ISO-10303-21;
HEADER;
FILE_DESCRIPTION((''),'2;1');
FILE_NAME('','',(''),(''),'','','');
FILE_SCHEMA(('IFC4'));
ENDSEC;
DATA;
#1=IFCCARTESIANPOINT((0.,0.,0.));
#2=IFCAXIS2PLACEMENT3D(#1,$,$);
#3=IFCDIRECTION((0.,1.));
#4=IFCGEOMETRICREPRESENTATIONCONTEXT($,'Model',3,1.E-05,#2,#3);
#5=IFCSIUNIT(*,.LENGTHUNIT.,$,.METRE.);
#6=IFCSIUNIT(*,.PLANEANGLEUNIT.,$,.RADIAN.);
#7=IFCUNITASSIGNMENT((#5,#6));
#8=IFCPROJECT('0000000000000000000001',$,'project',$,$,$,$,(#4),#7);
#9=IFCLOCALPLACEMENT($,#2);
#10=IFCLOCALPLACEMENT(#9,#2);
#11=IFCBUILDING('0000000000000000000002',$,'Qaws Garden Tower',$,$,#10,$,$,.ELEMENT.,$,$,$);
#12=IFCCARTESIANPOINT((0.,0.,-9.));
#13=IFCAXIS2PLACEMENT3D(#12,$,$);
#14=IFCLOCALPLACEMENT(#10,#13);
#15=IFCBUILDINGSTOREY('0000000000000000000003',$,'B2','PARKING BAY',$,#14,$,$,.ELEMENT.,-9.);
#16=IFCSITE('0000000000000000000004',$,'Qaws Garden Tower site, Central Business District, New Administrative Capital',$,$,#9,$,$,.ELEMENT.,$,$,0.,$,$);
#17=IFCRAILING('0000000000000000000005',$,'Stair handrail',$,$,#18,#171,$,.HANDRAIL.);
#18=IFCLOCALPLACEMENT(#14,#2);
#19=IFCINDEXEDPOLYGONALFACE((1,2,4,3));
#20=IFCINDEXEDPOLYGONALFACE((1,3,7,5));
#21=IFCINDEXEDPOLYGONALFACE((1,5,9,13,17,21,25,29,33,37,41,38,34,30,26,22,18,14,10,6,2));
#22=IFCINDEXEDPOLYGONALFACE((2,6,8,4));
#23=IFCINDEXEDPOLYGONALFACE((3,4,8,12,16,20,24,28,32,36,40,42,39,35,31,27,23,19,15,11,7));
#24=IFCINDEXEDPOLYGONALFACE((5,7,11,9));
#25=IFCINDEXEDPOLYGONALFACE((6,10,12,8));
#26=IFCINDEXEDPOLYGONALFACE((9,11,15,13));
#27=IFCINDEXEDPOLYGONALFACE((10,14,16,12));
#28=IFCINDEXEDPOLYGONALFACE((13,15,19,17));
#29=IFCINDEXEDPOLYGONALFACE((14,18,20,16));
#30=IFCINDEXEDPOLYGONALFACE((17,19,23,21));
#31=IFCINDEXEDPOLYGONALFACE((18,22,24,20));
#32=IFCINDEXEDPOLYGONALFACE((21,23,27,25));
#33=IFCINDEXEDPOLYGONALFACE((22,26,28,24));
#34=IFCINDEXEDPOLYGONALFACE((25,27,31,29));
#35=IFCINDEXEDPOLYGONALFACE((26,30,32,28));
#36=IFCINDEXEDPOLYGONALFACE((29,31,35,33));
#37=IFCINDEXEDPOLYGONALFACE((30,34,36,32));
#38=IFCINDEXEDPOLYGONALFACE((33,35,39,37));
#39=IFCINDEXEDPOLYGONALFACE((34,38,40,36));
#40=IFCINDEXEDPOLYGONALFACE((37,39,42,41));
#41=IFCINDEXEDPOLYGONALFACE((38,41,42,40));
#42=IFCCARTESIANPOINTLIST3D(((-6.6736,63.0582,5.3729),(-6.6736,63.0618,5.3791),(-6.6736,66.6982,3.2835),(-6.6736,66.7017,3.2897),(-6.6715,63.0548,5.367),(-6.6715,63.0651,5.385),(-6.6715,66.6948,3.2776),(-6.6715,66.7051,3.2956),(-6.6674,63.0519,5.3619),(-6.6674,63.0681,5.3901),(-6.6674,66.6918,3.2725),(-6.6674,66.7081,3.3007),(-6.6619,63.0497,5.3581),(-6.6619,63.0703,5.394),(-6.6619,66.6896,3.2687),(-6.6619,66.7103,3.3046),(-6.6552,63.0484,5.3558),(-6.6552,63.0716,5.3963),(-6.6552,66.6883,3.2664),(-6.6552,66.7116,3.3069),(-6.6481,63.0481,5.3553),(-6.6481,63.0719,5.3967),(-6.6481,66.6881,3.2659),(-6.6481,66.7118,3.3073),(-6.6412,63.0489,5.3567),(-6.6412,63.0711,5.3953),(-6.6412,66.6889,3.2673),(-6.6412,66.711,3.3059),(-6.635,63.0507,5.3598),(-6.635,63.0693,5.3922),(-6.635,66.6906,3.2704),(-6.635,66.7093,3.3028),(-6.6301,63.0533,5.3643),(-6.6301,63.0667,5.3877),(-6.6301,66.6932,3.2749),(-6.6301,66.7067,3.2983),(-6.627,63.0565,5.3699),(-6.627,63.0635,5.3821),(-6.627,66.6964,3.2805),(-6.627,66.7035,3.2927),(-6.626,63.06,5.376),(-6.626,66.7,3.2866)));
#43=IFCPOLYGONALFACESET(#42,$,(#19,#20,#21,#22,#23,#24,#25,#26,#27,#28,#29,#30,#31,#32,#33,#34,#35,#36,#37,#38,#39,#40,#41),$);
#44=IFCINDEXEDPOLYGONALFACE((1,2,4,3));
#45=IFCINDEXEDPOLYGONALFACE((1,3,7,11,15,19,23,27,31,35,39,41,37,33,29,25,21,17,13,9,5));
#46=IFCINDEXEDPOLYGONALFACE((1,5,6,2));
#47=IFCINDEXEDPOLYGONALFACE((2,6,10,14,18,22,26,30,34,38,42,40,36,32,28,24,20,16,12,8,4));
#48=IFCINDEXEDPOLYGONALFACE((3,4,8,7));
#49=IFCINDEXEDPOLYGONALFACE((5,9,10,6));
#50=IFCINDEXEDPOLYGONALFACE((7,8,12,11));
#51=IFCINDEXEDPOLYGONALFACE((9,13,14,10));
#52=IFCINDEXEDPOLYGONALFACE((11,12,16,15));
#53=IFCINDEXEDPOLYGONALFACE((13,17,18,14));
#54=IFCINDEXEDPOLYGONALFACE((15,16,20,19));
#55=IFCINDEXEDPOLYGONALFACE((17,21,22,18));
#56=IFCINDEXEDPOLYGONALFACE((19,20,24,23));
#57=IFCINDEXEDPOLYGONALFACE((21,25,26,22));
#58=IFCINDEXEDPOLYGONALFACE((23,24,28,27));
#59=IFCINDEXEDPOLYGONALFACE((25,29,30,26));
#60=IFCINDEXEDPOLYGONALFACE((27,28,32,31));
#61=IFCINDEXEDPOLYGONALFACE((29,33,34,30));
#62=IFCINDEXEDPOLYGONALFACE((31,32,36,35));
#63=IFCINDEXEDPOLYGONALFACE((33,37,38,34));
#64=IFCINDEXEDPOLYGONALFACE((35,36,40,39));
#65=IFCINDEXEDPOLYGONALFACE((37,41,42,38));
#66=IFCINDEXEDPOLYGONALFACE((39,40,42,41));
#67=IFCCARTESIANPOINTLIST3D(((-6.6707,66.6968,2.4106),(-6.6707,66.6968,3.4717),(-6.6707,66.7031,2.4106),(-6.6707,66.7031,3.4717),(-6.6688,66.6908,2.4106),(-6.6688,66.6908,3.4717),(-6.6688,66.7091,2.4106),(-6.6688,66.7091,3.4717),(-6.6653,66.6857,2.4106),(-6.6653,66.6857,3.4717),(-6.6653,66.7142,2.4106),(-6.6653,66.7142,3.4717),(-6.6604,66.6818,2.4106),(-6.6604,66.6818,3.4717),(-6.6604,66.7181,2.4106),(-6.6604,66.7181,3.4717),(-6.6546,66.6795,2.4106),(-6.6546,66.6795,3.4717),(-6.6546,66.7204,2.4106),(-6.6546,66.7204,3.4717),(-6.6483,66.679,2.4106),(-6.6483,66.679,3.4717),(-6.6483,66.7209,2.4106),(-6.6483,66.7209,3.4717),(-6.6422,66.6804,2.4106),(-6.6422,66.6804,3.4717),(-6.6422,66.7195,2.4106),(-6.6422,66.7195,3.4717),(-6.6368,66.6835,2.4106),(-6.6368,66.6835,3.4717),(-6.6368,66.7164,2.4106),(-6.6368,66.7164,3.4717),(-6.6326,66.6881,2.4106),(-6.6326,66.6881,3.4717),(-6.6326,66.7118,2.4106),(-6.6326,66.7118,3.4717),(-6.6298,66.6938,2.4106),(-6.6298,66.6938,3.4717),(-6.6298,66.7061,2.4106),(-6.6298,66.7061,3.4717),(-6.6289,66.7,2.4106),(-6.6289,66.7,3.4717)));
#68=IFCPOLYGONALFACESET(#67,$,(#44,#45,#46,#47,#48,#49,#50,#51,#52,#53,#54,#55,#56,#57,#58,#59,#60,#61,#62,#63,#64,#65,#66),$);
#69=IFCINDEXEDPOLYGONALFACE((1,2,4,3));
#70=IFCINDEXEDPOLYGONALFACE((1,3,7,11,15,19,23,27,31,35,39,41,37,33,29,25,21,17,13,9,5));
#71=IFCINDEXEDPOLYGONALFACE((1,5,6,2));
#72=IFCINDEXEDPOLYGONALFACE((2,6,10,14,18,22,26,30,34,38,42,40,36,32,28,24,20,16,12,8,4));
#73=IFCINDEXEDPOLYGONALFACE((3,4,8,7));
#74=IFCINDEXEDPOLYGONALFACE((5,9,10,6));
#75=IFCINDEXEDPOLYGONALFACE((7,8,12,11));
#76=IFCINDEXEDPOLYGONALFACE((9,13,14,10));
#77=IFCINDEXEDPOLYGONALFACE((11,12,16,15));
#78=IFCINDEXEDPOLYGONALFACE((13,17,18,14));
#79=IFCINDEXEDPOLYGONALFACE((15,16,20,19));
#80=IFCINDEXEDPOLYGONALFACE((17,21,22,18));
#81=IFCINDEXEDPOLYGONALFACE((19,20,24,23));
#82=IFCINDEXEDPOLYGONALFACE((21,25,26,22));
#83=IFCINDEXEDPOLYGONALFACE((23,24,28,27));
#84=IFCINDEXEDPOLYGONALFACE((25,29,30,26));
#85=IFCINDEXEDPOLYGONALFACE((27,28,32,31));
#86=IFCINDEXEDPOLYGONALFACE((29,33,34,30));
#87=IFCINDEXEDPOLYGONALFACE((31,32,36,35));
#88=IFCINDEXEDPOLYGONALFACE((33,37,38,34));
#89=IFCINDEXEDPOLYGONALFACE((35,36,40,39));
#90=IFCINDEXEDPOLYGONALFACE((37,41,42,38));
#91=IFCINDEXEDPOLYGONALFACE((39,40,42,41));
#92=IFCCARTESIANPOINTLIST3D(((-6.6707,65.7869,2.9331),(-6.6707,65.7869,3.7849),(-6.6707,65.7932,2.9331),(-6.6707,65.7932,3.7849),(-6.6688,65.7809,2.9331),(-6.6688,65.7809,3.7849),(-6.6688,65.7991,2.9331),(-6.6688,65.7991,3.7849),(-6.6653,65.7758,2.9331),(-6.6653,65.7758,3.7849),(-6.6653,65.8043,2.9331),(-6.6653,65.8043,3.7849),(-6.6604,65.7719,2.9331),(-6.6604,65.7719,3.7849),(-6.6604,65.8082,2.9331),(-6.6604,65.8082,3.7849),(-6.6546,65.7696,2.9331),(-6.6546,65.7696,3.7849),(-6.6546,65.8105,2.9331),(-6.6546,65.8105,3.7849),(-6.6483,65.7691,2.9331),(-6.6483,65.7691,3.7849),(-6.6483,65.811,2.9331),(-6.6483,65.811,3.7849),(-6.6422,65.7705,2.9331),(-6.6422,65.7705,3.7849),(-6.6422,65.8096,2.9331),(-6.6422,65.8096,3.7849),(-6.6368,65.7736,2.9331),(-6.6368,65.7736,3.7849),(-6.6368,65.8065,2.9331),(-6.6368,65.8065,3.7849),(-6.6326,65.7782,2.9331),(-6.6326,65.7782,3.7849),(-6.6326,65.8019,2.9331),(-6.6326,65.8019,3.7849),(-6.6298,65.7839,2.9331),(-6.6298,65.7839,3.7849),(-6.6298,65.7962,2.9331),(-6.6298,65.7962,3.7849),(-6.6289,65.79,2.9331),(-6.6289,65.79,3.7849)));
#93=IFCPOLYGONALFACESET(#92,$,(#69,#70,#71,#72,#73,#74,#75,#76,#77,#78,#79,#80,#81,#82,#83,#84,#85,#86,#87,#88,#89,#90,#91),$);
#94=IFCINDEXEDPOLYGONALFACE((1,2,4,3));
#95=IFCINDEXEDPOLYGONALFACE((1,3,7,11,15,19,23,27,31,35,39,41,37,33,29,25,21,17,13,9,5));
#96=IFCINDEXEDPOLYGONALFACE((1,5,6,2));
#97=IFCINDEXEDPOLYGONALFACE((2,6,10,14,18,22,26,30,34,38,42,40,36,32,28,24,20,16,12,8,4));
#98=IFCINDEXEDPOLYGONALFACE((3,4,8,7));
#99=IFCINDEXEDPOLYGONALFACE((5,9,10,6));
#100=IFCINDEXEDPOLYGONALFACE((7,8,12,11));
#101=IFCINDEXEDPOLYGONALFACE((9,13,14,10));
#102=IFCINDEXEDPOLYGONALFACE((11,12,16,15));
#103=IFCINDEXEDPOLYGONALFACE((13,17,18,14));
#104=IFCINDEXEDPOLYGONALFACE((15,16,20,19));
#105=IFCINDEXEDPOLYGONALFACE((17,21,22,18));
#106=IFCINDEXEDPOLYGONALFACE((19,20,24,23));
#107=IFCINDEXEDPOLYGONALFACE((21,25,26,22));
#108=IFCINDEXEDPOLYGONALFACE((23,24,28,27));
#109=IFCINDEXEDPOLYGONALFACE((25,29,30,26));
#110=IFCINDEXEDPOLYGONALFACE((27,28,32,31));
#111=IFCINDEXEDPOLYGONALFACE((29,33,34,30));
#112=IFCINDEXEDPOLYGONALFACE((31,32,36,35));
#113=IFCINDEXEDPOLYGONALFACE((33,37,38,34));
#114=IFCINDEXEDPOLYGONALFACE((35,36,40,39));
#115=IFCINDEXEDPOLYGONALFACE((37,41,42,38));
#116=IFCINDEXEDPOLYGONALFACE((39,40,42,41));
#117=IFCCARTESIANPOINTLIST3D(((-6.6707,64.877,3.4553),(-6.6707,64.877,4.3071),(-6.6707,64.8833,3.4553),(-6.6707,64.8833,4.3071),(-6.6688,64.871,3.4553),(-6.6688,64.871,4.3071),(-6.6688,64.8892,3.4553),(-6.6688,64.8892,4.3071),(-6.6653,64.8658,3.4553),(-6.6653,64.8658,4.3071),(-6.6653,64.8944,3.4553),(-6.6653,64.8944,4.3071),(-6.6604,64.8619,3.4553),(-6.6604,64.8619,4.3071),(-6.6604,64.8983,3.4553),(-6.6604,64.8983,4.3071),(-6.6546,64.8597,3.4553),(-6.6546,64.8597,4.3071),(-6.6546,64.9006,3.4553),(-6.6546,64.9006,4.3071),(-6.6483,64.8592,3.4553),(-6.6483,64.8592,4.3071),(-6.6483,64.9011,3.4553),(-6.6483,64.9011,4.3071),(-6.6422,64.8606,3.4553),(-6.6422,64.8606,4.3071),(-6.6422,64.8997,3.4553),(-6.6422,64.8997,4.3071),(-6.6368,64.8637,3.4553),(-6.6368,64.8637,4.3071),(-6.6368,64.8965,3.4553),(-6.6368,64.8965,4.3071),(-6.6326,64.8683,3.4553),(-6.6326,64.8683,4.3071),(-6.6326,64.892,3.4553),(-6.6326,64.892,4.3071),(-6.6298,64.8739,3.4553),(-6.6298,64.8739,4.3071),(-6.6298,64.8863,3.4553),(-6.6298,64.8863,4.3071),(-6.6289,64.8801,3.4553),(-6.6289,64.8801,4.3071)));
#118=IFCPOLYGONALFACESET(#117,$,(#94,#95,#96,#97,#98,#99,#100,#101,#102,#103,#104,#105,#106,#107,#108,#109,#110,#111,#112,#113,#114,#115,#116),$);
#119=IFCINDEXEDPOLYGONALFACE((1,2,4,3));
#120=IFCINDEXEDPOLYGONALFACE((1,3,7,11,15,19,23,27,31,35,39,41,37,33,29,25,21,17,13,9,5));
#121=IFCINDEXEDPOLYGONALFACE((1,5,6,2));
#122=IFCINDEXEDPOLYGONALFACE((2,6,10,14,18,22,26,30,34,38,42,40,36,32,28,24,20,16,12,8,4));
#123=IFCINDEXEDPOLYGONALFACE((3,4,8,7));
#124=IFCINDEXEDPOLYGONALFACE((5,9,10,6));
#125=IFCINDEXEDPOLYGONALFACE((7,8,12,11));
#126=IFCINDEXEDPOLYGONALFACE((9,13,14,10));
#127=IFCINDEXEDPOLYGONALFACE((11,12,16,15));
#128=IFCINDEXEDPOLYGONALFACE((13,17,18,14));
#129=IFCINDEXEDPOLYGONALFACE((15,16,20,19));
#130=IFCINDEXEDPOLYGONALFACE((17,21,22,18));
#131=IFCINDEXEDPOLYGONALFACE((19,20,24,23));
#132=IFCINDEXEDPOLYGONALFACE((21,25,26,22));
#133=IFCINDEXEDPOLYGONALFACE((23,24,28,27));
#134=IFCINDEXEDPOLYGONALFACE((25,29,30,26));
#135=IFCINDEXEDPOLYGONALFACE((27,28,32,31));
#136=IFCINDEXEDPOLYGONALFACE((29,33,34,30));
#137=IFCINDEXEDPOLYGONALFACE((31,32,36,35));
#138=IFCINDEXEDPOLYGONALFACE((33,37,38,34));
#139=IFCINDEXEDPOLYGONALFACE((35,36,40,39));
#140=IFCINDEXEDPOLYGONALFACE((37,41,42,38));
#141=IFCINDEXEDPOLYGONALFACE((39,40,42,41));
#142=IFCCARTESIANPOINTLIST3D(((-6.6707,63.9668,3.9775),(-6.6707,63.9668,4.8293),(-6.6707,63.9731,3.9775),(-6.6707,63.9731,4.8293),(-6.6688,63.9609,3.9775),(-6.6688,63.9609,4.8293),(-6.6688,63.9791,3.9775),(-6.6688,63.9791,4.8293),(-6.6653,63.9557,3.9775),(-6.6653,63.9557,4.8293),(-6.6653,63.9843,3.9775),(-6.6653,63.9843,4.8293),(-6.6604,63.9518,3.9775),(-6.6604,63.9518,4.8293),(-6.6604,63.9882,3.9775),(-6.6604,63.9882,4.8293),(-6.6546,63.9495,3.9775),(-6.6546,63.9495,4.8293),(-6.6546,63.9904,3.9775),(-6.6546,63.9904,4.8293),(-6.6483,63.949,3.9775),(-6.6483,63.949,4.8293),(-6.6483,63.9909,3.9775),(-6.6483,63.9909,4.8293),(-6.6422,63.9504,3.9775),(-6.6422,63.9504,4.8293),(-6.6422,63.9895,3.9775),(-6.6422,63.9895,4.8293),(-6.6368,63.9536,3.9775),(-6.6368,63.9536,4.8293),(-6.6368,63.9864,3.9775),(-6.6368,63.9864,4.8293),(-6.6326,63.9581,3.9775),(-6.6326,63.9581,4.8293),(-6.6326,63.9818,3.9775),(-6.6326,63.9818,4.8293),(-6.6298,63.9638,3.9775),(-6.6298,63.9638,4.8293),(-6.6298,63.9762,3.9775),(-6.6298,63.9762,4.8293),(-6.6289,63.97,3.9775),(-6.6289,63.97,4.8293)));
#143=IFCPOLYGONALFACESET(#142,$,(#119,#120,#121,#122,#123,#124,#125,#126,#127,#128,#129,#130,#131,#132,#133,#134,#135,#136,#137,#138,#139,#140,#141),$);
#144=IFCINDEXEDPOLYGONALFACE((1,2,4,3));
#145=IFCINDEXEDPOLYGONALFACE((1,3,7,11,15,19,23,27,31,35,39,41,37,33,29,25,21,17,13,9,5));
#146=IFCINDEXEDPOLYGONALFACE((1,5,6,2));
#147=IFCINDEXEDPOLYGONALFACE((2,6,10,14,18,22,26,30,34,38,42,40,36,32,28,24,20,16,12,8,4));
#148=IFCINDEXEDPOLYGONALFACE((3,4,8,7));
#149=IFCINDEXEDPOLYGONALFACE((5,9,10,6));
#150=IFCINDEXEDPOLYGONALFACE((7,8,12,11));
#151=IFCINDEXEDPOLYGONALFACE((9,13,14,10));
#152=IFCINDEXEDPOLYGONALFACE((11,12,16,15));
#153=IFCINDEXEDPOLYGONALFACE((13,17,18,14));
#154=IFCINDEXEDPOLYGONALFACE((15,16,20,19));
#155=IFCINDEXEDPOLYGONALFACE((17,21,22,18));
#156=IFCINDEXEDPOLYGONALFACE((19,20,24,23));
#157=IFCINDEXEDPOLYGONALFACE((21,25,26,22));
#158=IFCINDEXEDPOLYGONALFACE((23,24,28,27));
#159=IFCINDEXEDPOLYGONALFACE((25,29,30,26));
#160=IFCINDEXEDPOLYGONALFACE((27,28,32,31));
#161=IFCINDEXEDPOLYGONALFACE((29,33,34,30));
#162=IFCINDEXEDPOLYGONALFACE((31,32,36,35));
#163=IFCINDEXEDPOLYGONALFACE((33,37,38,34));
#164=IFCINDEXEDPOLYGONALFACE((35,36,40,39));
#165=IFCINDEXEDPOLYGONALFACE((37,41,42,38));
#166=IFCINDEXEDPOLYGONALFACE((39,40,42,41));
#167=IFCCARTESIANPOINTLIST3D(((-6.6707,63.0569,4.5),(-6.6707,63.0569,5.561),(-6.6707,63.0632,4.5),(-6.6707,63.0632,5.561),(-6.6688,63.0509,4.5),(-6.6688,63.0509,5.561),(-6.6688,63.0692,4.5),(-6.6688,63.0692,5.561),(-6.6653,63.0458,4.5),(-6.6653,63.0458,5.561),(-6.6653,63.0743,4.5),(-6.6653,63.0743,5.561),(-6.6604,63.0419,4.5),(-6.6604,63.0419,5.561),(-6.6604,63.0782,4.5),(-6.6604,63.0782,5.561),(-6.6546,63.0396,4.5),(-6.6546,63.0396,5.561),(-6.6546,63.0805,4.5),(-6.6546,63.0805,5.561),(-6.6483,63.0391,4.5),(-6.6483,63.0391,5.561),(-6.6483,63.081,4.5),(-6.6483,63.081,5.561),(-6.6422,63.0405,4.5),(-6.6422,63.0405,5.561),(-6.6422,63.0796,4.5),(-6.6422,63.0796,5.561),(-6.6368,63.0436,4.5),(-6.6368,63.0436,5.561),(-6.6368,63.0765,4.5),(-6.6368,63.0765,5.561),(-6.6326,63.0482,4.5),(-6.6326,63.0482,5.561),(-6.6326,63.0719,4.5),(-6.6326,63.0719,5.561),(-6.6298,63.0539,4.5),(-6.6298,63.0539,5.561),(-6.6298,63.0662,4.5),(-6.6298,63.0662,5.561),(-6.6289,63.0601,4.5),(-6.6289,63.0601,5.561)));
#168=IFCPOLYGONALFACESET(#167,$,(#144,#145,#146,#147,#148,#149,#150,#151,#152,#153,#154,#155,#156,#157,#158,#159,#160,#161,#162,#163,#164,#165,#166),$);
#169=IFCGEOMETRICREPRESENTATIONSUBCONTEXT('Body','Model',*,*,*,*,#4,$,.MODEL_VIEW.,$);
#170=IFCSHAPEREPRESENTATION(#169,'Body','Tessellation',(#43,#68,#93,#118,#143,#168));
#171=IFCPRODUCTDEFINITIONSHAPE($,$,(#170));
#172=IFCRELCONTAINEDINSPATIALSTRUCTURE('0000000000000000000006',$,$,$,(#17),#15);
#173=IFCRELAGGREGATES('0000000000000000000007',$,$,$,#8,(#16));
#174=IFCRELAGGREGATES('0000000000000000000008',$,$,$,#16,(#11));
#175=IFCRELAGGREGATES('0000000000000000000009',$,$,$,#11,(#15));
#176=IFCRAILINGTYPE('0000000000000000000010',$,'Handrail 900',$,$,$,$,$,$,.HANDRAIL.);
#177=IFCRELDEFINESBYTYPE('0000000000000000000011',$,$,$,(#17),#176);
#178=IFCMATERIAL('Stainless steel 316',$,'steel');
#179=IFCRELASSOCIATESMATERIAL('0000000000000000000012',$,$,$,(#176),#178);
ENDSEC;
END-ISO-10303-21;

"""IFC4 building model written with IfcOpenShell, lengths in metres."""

from ifc_helpers import new_model, si_unit, direction, frame, origin, origin_2d, place, context, subcontext, project, spatial, circle, extrude, material, type_object, element, save


model = new_model("IFC4")

# Units and contexts
model_context = context("Model", 3, precision=1e-05, world=origin(), true_north=direction((0.0, 1.0)))
body_context = subcontext(model_context, "Body", "Model", "MODEL_VIEW")
ifc_project = project(units=[si_unit("LENGTHUNIT", "METRE"), si_unit("PLANEANGLEUNIT", "RADIAN")], contexts=[model_context])

# Site, building, storey
site_placement = place(None, origin())
site = spatial("IfcSite", under=ifc_project, at=site_placement, Name="Qaws Garden Tower site, Central Business District, New Administrative Capital", CompositionType="ELEMENT", RefElevation=0.0)
building_placement = place(site_placement, origin())
building = spatial("IfcBuilding", under=site, at=building_placement, Name="Qaws Garden Tower", CompositionType="ELEMENT")
storey_placement = place(building_placement, frame((0.0, 0.0, -9.0)))
storey = spatial("IfcBuildingStorey", under=building, at=storey_placement, Name="B2", Description="PARKING BAY", CompositionType="ELEMENT", Elevation=-9.0)

# Railing
ifc_material_1 = material(Name="Stainless steel 316", Category="steel")
railing_type_1 = type_object("IfcRailingType", Name="Handrail 900", PredefinedType="HANDRAIL", material=ifc_material_1)
for number, where, name in (
    (1, (-6.6499, 66.7, 2.4106), "Stair handrail"),
):
    element("IfcRailing", number, at=place(storey_placement, frame(where)), inside=storey, type_object=railing_type_1, Name=name, PredefinedType="HANDRAIL", context=body_context, shape_type="SweptSolid", body=[
        extrude(circle(Radius=0.0239, at=origin_2d()), frame((0.0, 0.0, 0.876), z_axis=(0.0, -0.867275, 0.497829), x_axis=(1.0, 0.0, 0.0)), (0.0, 0.0, 1.0), 4.197),
        extrude(circle(Radius=0.021, at=origin_2d()), origin(), (0.0, 0.0, 1.0), 1.061),
        extrude(circle(Radius=0.021, at=origin_2d()), frame((0.0, -0.9099, 0.5225)), (0.0, 0.0, 1.0), 0.8518),
        extrude(circle(Radius=0.021, at=origin_2d()), frame((0.0, -1.8198, 1.0447)), (0.0, 0.0, 1.0), 0.8518),
        extrude(circle(Radius=0.021, at=origin_2d()), frame((0.0, -2.73, 1.5669)), (0.0, 0.0, 1.0), 0.8518),
        extrude(circle(Radius=0.021, at=origin_2d()), frame((0.0, -3.6399, 2.0894)), (0.0, 0.0, 1.0), 1.061),
    ])

save(model, "model.ifc")
